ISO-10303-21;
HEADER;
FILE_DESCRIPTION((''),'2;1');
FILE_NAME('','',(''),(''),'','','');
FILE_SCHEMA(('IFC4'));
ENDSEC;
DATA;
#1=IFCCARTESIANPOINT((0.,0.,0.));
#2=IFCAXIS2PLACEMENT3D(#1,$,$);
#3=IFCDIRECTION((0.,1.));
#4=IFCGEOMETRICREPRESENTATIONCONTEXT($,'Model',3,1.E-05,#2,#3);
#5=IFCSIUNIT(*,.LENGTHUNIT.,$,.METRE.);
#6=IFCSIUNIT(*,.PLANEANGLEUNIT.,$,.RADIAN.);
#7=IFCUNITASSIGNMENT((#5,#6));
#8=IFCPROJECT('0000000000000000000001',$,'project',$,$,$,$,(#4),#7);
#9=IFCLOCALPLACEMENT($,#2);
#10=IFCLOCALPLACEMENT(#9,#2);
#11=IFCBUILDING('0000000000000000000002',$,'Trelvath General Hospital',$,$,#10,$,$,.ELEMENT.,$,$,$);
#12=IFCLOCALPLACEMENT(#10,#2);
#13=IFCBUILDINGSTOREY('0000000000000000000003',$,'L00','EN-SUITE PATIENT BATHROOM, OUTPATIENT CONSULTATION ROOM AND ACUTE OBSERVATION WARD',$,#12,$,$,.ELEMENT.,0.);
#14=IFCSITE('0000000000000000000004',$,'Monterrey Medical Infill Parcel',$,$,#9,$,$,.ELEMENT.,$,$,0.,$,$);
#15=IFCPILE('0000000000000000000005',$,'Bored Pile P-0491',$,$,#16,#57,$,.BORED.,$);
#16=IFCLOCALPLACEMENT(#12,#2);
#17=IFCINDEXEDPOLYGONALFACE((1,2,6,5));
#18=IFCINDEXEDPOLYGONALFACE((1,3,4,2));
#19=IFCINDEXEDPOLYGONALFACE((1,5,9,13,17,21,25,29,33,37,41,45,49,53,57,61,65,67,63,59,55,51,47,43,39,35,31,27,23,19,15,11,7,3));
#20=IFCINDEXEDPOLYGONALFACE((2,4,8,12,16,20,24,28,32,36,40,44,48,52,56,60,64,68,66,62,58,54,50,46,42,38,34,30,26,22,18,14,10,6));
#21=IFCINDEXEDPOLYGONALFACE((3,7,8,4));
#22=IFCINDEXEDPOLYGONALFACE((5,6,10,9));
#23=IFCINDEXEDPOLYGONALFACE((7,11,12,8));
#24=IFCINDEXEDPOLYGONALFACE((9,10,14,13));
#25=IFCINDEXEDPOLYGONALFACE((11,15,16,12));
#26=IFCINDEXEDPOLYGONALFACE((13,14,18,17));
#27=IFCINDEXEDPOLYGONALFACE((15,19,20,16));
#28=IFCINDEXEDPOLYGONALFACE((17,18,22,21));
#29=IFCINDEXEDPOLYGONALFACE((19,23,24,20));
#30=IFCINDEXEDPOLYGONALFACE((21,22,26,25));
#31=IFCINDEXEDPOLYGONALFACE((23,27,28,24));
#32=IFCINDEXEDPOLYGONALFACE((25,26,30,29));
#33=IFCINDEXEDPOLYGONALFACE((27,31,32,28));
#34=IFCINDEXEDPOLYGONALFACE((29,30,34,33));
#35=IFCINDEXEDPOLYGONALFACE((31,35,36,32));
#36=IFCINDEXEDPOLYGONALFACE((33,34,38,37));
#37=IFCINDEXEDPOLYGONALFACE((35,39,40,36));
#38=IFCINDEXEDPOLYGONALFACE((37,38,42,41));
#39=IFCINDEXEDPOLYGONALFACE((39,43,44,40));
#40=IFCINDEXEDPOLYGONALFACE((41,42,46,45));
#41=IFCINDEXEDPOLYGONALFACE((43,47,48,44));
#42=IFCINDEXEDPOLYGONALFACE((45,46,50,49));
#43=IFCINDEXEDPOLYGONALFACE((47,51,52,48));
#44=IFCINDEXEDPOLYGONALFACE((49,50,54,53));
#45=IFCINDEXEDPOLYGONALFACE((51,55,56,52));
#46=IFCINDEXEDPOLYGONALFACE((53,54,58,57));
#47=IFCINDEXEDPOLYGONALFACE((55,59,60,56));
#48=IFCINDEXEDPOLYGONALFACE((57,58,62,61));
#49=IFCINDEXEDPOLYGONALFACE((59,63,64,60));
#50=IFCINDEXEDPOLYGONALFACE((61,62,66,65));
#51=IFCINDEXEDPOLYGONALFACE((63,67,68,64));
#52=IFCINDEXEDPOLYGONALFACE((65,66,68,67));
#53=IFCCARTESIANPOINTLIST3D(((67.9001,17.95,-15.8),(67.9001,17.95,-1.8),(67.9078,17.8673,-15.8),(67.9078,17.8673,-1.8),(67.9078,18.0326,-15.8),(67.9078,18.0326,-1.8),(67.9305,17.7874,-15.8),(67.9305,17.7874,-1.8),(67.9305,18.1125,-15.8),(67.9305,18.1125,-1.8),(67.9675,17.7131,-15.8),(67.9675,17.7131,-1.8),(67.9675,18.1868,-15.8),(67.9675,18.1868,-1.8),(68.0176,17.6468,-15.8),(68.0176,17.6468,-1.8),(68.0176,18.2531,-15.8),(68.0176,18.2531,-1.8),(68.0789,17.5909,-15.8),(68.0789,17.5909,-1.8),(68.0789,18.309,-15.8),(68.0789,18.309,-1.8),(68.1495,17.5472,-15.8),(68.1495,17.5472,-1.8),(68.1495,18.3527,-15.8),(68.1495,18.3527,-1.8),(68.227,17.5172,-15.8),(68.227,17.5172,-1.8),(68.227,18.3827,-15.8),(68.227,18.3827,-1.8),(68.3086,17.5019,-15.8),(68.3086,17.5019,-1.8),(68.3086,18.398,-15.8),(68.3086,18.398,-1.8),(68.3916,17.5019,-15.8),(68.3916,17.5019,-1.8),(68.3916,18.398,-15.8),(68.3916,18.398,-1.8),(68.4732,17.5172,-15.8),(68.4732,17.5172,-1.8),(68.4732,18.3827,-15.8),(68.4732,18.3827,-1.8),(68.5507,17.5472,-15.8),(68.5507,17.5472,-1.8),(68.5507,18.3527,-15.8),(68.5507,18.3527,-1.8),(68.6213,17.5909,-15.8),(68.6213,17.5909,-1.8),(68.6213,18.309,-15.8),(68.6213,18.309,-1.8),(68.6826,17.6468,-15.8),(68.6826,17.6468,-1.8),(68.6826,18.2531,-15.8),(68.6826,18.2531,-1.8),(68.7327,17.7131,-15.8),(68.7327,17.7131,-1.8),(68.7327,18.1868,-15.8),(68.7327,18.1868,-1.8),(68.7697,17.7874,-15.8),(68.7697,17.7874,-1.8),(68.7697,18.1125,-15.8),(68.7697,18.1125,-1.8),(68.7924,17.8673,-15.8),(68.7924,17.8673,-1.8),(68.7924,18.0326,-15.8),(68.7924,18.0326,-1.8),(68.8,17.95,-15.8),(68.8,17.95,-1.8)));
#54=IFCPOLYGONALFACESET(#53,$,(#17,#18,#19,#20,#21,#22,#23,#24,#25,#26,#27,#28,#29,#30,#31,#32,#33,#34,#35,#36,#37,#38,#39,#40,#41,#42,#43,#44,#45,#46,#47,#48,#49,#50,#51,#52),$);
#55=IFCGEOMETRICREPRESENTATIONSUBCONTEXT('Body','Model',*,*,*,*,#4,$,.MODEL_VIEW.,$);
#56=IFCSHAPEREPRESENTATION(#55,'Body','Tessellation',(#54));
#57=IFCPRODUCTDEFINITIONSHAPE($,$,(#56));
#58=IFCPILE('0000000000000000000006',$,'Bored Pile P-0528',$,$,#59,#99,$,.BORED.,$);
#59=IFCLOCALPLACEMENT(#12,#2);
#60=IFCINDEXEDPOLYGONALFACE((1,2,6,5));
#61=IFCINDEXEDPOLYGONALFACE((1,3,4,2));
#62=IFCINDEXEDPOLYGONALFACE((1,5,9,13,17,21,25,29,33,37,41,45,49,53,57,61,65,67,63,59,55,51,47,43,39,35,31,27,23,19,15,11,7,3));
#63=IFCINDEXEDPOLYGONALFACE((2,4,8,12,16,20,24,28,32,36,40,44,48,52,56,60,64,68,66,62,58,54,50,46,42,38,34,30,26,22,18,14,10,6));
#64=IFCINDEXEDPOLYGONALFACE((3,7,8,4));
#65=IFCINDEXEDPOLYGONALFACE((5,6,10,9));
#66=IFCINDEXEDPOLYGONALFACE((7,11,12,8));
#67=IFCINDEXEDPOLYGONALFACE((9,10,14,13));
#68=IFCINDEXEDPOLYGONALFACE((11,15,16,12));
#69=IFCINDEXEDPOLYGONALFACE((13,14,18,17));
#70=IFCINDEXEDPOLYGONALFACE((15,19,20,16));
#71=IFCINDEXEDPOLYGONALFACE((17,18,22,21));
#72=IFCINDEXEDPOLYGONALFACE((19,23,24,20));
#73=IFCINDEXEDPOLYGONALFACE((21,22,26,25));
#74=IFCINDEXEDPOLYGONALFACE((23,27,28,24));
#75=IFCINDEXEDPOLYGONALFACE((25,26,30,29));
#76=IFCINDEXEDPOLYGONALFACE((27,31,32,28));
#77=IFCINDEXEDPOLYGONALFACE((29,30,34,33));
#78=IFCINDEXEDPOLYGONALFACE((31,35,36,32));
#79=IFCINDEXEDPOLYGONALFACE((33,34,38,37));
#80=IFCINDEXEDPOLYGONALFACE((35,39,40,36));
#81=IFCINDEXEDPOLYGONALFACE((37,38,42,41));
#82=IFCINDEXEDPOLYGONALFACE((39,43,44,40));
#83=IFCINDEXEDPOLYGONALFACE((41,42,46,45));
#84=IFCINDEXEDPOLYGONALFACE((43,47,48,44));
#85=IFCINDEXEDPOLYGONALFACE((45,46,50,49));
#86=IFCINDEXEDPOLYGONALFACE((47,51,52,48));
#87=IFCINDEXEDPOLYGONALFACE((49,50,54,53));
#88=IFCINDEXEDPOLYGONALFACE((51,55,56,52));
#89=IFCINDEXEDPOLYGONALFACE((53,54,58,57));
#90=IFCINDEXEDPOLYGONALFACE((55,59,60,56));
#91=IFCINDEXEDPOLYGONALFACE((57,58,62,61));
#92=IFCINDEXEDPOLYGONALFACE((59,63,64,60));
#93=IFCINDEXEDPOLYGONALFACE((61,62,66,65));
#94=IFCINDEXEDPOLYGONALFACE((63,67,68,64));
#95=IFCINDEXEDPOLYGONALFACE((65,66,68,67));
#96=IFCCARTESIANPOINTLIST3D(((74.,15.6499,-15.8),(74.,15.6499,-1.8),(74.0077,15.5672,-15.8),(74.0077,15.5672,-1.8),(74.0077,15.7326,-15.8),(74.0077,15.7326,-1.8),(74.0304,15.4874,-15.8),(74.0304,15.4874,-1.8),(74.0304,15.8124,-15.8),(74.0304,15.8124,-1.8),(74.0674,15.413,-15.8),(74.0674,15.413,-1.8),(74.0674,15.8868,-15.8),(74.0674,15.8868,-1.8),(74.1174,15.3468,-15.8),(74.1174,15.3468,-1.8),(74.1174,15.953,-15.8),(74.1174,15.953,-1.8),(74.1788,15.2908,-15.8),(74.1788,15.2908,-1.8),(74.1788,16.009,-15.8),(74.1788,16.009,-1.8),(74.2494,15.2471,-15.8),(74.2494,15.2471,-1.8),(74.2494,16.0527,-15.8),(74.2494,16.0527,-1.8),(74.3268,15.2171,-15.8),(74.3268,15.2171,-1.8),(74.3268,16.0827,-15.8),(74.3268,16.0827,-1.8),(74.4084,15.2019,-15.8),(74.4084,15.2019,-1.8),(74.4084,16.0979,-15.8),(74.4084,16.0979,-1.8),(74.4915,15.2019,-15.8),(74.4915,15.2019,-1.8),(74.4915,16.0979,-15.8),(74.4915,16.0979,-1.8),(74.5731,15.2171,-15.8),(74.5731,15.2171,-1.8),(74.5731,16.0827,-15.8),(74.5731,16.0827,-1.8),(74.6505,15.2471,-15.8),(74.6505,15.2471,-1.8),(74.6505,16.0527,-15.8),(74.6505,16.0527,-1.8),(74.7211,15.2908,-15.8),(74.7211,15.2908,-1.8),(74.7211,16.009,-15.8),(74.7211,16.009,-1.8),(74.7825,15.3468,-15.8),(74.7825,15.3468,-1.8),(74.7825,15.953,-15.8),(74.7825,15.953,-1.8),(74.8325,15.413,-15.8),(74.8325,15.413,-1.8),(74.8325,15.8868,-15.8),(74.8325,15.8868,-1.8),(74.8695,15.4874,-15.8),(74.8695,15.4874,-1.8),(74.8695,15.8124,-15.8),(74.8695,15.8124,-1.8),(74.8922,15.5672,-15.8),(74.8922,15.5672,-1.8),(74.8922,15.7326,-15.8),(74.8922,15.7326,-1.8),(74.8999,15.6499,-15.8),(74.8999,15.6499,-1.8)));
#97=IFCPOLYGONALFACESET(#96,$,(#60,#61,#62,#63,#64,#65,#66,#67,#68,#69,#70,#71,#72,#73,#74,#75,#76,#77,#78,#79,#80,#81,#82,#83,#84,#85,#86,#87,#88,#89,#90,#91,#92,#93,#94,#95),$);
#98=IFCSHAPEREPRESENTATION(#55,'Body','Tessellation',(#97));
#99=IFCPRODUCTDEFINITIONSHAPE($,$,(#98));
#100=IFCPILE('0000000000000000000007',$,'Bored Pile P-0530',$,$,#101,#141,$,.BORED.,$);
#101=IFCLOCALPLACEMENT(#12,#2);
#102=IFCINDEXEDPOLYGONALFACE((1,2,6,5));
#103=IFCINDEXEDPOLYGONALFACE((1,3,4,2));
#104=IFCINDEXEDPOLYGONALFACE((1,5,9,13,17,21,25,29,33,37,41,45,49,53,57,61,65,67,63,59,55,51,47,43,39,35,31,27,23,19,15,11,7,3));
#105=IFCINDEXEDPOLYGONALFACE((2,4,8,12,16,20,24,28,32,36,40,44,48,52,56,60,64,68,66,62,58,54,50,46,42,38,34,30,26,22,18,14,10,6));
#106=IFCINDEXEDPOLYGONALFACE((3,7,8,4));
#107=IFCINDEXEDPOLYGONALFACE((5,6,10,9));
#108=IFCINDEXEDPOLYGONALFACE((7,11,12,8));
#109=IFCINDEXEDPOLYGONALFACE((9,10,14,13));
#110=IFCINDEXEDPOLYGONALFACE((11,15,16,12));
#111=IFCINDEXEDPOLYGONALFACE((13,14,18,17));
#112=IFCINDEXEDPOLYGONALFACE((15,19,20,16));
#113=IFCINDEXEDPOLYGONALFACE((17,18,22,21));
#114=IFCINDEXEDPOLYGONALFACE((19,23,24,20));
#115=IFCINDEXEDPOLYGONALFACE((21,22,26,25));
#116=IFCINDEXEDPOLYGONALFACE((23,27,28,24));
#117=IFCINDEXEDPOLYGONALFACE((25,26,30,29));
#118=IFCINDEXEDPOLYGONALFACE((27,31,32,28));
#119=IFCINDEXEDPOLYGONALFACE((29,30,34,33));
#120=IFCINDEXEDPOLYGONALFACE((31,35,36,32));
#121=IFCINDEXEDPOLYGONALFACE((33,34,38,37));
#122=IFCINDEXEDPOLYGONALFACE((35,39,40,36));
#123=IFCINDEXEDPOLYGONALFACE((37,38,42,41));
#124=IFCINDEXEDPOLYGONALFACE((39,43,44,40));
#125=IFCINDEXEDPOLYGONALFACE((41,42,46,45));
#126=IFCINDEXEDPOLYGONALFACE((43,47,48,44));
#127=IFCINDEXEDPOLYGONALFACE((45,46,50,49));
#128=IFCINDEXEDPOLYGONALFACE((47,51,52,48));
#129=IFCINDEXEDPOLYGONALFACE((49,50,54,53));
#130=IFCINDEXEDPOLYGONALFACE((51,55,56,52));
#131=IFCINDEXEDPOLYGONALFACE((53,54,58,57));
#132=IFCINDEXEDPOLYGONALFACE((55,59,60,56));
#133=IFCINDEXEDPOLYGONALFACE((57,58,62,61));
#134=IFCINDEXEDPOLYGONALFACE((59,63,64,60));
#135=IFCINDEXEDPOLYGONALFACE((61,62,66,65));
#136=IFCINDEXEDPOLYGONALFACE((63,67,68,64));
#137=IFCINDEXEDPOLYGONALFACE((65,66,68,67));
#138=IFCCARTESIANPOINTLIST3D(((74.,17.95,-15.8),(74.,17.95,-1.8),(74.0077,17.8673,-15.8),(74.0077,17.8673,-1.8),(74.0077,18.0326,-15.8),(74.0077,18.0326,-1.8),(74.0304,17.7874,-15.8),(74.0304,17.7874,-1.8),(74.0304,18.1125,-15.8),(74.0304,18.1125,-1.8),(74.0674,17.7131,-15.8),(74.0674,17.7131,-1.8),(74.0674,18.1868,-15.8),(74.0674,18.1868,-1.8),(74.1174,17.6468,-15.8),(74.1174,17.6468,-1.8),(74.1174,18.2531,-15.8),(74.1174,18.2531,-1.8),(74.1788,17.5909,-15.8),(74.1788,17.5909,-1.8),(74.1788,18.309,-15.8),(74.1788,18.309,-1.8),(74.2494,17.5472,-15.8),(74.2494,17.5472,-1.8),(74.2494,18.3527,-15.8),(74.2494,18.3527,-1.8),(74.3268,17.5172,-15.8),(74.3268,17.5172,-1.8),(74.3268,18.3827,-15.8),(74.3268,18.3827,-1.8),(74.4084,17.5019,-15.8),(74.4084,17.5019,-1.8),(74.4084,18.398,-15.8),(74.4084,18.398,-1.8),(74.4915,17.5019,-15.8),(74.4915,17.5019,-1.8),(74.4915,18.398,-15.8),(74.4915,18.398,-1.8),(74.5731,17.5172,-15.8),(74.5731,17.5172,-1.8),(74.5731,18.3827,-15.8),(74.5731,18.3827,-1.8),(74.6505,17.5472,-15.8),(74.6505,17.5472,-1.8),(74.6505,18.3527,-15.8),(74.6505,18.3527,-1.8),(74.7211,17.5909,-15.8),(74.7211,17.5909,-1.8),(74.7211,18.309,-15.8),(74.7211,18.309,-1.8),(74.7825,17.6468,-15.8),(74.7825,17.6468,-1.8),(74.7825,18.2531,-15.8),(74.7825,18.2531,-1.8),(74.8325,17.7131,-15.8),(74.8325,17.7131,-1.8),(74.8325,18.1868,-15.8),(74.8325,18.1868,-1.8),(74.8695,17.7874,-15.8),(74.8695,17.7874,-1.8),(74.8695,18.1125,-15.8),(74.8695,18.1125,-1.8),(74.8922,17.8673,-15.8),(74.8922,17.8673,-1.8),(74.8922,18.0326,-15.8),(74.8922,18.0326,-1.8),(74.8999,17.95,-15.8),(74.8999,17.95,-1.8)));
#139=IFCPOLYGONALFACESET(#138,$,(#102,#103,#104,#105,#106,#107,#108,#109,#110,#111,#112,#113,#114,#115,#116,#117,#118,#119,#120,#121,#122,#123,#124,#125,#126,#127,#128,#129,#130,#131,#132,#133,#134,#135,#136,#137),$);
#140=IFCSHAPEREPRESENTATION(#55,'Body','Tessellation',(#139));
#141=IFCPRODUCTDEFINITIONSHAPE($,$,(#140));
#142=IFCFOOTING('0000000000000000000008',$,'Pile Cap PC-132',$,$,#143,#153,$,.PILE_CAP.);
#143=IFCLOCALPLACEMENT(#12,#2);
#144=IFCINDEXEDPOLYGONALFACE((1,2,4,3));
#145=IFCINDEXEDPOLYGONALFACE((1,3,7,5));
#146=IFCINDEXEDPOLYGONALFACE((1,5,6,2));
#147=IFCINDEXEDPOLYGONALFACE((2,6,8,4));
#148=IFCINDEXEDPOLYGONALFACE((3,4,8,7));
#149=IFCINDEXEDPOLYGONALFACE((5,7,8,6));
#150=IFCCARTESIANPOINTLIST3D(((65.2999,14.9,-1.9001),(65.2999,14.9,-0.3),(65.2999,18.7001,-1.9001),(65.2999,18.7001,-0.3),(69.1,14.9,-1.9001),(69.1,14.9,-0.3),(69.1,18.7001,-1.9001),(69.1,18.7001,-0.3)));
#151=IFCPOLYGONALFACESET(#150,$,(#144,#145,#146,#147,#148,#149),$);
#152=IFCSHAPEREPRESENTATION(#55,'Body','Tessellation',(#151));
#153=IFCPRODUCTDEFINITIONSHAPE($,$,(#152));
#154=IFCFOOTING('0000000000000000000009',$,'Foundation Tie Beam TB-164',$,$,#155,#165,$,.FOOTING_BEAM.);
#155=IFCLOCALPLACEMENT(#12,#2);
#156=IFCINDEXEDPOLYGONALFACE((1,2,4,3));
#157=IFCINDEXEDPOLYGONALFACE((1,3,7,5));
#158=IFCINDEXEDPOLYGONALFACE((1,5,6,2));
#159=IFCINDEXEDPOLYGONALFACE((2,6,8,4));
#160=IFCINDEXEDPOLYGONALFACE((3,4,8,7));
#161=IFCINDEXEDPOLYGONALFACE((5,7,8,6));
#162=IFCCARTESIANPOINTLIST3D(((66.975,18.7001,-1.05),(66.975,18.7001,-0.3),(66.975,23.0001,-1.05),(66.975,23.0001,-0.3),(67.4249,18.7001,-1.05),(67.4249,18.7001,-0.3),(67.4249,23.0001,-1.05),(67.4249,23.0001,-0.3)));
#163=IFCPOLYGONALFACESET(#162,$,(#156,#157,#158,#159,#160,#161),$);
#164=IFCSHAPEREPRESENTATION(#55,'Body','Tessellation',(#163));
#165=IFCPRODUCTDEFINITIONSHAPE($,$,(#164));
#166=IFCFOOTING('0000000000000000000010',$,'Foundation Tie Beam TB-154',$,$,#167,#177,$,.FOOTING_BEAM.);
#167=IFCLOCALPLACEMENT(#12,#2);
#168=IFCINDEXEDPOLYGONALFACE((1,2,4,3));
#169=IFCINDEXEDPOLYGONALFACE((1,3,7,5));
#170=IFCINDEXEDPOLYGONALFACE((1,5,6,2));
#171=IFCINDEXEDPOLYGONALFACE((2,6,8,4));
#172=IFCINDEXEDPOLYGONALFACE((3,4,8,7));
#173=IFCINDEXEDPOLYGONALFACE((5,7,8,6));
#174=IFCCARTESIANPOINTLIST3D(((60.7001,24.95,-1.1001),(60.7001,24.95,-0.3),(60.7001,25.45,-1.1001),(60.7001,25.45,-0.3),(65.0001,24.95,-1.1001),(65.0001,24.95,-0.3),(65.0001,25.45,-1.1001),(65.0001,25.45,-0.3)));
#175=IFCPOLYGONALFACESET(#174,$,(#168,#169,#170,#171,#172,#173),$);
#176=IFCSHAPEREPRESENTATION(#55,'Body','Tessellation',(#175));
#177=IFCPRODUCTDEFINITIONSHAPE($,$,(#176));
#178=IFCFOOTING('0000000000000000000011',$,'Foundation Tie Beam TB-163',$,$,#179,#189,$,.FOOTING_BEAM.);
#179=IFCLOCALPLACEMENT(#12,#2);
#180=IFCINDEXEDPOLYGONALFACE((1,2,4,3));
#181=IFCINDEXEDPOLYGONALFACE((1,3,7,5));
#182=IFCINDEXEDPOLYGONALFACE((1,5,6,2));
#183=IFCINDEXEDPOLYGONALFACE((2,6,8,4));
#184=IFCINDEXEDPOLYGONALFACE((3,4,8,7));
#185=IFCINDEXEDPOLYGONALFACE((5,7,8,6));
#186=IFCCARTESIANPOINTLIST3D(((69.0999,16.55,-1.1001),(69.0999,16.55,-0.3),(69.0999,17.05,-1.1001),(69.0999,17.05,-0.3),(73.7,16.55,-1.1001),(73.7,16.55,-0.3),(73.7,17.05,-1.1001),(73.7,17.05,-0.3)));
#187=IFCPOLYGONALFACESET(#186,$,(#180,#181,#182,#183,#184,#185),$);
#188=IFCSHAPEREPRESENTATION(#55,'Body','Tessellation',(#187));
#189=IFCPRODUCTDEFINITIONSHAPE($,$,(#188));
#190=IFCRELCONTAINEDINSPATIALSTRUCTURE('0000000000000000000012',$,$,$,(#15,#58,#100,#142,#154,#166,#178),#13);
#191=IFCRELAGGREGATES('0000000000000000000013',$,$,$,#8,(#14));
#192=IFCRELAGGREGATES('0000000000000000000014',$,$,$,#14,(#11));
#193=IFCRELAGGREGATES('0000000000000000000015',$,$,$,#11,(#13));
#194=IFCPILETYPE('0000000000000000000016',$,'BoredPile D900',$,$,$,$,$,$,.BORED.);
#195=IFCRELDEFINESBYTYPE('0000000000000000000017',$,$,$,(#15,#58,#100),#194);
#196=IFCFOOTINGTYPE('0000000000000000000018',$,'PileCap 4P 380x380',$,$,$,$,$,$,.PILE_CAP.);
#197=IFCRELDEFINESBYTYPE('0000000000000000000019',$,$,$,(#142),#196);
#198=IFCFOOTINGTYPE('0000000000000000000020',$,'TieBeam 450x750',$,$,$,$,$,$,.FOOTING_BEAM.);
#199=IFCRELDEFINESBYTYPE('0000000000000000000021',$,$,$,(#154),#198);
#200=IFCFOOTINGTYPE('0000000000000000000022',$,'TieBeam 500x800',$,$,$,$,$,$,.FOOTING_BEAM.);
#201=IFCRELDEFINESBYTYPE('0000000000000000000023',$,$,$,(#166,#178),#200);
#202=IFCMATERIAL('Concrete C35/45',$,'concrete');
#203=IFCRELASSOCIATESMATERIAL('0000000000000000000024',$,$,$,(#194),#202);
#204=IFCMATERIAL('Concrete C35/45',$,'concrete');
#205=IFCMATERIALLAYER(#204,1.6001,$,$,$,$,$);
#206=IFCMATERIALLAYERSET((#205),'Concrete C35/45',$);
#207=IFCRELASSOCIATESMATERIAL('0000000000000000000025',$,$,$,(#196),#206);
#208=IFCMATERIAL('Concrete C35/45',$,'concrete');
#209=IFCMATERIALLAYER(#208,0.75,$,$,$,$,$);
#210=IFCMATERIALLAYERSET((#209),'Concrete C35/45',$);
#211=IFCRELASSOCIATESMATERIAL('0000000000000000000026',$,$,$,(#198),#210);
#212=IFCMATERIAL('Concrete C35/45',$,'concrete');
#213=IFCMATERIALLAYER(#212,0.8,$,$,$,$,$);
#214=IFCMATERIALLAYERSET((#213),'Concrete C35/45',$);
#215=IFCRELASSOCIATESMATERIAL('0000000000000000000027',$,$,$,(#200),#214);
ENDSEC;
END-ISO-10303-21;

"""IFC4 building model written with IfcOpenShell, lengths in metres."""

from ifc_helpers import new_model, si_unit, direction, frame, origin, origin_2d, place, context, subcontext, project, spatial, rectangle, circle, extrude, material, layer, layer_set, material_profile, profile_set, type_object, element, save


model = new_model("IFC4")

# Units and contexts
model_context = context("Model", 3, precision=1e-05, world=origin(), true_north=direction((0.0, 1.0)))
body_context = subcontext(model_context, "Body", "Model", "MODEL_VIEW")
ifc_project = project(units=[si_unit("LENGTHUNIT", "METRE"), si_unit("PLANEANGLEUNIT", "RADIAN")], contexts=[model_context])

# Site, building, storey
site_placement = place(None, origin())
site = spatial("IfcSite", under=ifc_project, at=site_placement, Name="Monterrey Medical Infill Parcel", CompositionType="ELEMENT", RefElevation=0.0)
building_placement = place(site_placement, origin())
building = spatial("IfcBuilding", under=site, at=building_placement, Name="Trelvath General Hospital", CompositionType="ELEMENT")
storey_placement = place(building_placement, origin())
storey = spatial("IfcBuildingStorey", under=building, at=storey_placement, Name="L00", Description="EN-SUITE PATIENT BATHROOM, OUTPATIENT CONSULTATION ROOM AND ACUTE OBSERVATION WARD", CompositionType="ELEMENT", Elevation=0.0)

# Piles
ifc_material_1 = material(Name="Concrete C35/45", Category="concrete")
ifc_material_profile_1 = material_profile(ifc_material_1, circle(Radius=0.45, at=origin_2d()), Name="PILE900")
ifc_profile_set_1 = profile_set([ifc_material_profile_1], Name="Concrete C35/45")
pile_type_1 = type_object("IfcPileType", Name="BoredPile D900", PredefinedType="BORED", material=ifc_profile_set_1)
for number, where, z_axis, x_axis, name in (
    (1, (68.3501, 17.95, -1.8), (0.0, 0.0, -1.0), (1.0, 0.0, 0.0), "Bored Pile P-0491"),
    (2, (74.45, 15.6499, -1.8), (0.0, 0.0, -1.0), (1.0, 0.0, 0.0), "Bored Pile P-0528"),
    (3, (74.45, 17.95, -1.8), (0.0, 0.0, -1.0), (1.0, 0.0, 0.0), "Bored Pile P-0530"),
):
    element("IfcPile", number, at=place(storey_placement, frame(where, z_axis=z_axis, x_axis=x_axis)), inside=storey, type_object=pile_type_1, Name=name, PredefinedType="BORED", context=body_context, shape_type="SweptSolid", body=[
        extrude(circle(Radius=0.45, at=origin_2d()), origin(), (0.0, 0.0, 1.0), 14.0),
    ])

# Footings
ifc_material_2 = material(Name="Concrete C35/45", Category="concrete")
ifc_layer_1 = layer(ifc_material_2, 1.6001)
ifc_layer_set_1 = layer_set([ifc_layer_1], Name="Concrete C35/45")
footing_type_1 = type_object("IfcFootingType", Name="PileCap 4P 380x380", PredefinedType="PILE_CAP", material=ifc_layer_set_1)
footing_1_placement = place(storey_placement, frame((67.2, 16.8, -1.9001), z_axis=(0.0, 0.0, 1.0), x_axis=(1.0, 0.0, 0.0)))
element("IfcFooting", 4, at=footing_1_placement, inside=storey, type_object=footing_type_1, Name="Pile Cap PC-132", PredefinedType="PILE_CAP", context=body_context, shape_type="SweptSolid", body=[
    extrude(rectangle(XDim=3.8, YDim=3.8, at=origin_2d()), origin(), (0.0, 0.0, 1.0), 1.6001),
])
ifc_material_3 = material(Name="Concrete C35/45", Category="concrete")
ifc_layer_2 = layer(ifc_material_3, 0.75)
ifc_layer_set_2 = layer_set([ifc_layer_2], Name="Concrete C35/45")
footing_type_2 = type_object("IfcFootingType", Name="TieBeam 450x750", PredefinedType="FOOTING_BEAM", material=ifc_layer_set_2)
footing_2_placement = place(storey_placement, frame((67.2, 20.8501, -1.05), z_axis=(0.0, 0.0, 1.0), x_axis=(1.0, 0.0, 0.0)))
element("IfcFooting", 5, at=footing_2_placement, inside=storey, type_object=footing_type_2, Name="Foundation Tie Beam TB-164", PredefinedType="FOOTING_BEAM", context=body_context, shape_type="SweptSolid", body=[
    extrude(rectangle(XDim=0.45, YDim=4.3, at=origin_2d()), origin(), (0.0, 0.0, 1.0), 0.75),
])
ifc_material_4 = material(Name="Concrete C35/45", Category="concrete")
ifc_layer_3 = layer(ifc_material_4, 0.8)
ifc_layer_set_3 = layer_set([ifc_layer_3], Name="Concrete C35/45")
footing_type_3 = type_object("IfcFootingType", Name="TieBeam 500x800", PredefinedType="FOOTING_BEAM", material=ifc_layer_set_3)
footing_3_placement = place(storey_placement, frame((62.8501, 25.2, -1.1001), z_axis=(0.0, 0.0, 1.0), x_axis=(1.0, 0.0, 0.0)))
element("IfcFooting", 6, at=footing_3_placement, inside=storey, type_object=footing_type_3, Name="Foundation Tie Beam TB-154", PredefinedType="FOOTING_BEAM", context=body_context, shape_type="SweptSolid", body=[
    extrude(rectangle(XDim=4.3, YDim=0.5, at=origin_2d()), origin(), (0.0, 0.0, 1.0), 0.8),
])
footing_4_placement = place(storey_placement, frame((71.3999, 16.8, -1.1001), z_axis=(0.0, 0.0, 1.0), x_axis=(1.0, 0.0, 0.0)))
element("IfcFooting", 7, at=footing_4_placement, inside=storey, type_object=footing_type_3, Name="Foundation Tie Beam TB-163", PredefinedType="FOOTING_BEAM", context=body_context, shape_type="SweptSolid", body=[
    extrude(rectangle(XDim=4.6001, YDim=0.5, at=origin_2d()), origin(), (0.0, 0.0, 1.0), 0.8),
])

save(model, "model.ifc")
